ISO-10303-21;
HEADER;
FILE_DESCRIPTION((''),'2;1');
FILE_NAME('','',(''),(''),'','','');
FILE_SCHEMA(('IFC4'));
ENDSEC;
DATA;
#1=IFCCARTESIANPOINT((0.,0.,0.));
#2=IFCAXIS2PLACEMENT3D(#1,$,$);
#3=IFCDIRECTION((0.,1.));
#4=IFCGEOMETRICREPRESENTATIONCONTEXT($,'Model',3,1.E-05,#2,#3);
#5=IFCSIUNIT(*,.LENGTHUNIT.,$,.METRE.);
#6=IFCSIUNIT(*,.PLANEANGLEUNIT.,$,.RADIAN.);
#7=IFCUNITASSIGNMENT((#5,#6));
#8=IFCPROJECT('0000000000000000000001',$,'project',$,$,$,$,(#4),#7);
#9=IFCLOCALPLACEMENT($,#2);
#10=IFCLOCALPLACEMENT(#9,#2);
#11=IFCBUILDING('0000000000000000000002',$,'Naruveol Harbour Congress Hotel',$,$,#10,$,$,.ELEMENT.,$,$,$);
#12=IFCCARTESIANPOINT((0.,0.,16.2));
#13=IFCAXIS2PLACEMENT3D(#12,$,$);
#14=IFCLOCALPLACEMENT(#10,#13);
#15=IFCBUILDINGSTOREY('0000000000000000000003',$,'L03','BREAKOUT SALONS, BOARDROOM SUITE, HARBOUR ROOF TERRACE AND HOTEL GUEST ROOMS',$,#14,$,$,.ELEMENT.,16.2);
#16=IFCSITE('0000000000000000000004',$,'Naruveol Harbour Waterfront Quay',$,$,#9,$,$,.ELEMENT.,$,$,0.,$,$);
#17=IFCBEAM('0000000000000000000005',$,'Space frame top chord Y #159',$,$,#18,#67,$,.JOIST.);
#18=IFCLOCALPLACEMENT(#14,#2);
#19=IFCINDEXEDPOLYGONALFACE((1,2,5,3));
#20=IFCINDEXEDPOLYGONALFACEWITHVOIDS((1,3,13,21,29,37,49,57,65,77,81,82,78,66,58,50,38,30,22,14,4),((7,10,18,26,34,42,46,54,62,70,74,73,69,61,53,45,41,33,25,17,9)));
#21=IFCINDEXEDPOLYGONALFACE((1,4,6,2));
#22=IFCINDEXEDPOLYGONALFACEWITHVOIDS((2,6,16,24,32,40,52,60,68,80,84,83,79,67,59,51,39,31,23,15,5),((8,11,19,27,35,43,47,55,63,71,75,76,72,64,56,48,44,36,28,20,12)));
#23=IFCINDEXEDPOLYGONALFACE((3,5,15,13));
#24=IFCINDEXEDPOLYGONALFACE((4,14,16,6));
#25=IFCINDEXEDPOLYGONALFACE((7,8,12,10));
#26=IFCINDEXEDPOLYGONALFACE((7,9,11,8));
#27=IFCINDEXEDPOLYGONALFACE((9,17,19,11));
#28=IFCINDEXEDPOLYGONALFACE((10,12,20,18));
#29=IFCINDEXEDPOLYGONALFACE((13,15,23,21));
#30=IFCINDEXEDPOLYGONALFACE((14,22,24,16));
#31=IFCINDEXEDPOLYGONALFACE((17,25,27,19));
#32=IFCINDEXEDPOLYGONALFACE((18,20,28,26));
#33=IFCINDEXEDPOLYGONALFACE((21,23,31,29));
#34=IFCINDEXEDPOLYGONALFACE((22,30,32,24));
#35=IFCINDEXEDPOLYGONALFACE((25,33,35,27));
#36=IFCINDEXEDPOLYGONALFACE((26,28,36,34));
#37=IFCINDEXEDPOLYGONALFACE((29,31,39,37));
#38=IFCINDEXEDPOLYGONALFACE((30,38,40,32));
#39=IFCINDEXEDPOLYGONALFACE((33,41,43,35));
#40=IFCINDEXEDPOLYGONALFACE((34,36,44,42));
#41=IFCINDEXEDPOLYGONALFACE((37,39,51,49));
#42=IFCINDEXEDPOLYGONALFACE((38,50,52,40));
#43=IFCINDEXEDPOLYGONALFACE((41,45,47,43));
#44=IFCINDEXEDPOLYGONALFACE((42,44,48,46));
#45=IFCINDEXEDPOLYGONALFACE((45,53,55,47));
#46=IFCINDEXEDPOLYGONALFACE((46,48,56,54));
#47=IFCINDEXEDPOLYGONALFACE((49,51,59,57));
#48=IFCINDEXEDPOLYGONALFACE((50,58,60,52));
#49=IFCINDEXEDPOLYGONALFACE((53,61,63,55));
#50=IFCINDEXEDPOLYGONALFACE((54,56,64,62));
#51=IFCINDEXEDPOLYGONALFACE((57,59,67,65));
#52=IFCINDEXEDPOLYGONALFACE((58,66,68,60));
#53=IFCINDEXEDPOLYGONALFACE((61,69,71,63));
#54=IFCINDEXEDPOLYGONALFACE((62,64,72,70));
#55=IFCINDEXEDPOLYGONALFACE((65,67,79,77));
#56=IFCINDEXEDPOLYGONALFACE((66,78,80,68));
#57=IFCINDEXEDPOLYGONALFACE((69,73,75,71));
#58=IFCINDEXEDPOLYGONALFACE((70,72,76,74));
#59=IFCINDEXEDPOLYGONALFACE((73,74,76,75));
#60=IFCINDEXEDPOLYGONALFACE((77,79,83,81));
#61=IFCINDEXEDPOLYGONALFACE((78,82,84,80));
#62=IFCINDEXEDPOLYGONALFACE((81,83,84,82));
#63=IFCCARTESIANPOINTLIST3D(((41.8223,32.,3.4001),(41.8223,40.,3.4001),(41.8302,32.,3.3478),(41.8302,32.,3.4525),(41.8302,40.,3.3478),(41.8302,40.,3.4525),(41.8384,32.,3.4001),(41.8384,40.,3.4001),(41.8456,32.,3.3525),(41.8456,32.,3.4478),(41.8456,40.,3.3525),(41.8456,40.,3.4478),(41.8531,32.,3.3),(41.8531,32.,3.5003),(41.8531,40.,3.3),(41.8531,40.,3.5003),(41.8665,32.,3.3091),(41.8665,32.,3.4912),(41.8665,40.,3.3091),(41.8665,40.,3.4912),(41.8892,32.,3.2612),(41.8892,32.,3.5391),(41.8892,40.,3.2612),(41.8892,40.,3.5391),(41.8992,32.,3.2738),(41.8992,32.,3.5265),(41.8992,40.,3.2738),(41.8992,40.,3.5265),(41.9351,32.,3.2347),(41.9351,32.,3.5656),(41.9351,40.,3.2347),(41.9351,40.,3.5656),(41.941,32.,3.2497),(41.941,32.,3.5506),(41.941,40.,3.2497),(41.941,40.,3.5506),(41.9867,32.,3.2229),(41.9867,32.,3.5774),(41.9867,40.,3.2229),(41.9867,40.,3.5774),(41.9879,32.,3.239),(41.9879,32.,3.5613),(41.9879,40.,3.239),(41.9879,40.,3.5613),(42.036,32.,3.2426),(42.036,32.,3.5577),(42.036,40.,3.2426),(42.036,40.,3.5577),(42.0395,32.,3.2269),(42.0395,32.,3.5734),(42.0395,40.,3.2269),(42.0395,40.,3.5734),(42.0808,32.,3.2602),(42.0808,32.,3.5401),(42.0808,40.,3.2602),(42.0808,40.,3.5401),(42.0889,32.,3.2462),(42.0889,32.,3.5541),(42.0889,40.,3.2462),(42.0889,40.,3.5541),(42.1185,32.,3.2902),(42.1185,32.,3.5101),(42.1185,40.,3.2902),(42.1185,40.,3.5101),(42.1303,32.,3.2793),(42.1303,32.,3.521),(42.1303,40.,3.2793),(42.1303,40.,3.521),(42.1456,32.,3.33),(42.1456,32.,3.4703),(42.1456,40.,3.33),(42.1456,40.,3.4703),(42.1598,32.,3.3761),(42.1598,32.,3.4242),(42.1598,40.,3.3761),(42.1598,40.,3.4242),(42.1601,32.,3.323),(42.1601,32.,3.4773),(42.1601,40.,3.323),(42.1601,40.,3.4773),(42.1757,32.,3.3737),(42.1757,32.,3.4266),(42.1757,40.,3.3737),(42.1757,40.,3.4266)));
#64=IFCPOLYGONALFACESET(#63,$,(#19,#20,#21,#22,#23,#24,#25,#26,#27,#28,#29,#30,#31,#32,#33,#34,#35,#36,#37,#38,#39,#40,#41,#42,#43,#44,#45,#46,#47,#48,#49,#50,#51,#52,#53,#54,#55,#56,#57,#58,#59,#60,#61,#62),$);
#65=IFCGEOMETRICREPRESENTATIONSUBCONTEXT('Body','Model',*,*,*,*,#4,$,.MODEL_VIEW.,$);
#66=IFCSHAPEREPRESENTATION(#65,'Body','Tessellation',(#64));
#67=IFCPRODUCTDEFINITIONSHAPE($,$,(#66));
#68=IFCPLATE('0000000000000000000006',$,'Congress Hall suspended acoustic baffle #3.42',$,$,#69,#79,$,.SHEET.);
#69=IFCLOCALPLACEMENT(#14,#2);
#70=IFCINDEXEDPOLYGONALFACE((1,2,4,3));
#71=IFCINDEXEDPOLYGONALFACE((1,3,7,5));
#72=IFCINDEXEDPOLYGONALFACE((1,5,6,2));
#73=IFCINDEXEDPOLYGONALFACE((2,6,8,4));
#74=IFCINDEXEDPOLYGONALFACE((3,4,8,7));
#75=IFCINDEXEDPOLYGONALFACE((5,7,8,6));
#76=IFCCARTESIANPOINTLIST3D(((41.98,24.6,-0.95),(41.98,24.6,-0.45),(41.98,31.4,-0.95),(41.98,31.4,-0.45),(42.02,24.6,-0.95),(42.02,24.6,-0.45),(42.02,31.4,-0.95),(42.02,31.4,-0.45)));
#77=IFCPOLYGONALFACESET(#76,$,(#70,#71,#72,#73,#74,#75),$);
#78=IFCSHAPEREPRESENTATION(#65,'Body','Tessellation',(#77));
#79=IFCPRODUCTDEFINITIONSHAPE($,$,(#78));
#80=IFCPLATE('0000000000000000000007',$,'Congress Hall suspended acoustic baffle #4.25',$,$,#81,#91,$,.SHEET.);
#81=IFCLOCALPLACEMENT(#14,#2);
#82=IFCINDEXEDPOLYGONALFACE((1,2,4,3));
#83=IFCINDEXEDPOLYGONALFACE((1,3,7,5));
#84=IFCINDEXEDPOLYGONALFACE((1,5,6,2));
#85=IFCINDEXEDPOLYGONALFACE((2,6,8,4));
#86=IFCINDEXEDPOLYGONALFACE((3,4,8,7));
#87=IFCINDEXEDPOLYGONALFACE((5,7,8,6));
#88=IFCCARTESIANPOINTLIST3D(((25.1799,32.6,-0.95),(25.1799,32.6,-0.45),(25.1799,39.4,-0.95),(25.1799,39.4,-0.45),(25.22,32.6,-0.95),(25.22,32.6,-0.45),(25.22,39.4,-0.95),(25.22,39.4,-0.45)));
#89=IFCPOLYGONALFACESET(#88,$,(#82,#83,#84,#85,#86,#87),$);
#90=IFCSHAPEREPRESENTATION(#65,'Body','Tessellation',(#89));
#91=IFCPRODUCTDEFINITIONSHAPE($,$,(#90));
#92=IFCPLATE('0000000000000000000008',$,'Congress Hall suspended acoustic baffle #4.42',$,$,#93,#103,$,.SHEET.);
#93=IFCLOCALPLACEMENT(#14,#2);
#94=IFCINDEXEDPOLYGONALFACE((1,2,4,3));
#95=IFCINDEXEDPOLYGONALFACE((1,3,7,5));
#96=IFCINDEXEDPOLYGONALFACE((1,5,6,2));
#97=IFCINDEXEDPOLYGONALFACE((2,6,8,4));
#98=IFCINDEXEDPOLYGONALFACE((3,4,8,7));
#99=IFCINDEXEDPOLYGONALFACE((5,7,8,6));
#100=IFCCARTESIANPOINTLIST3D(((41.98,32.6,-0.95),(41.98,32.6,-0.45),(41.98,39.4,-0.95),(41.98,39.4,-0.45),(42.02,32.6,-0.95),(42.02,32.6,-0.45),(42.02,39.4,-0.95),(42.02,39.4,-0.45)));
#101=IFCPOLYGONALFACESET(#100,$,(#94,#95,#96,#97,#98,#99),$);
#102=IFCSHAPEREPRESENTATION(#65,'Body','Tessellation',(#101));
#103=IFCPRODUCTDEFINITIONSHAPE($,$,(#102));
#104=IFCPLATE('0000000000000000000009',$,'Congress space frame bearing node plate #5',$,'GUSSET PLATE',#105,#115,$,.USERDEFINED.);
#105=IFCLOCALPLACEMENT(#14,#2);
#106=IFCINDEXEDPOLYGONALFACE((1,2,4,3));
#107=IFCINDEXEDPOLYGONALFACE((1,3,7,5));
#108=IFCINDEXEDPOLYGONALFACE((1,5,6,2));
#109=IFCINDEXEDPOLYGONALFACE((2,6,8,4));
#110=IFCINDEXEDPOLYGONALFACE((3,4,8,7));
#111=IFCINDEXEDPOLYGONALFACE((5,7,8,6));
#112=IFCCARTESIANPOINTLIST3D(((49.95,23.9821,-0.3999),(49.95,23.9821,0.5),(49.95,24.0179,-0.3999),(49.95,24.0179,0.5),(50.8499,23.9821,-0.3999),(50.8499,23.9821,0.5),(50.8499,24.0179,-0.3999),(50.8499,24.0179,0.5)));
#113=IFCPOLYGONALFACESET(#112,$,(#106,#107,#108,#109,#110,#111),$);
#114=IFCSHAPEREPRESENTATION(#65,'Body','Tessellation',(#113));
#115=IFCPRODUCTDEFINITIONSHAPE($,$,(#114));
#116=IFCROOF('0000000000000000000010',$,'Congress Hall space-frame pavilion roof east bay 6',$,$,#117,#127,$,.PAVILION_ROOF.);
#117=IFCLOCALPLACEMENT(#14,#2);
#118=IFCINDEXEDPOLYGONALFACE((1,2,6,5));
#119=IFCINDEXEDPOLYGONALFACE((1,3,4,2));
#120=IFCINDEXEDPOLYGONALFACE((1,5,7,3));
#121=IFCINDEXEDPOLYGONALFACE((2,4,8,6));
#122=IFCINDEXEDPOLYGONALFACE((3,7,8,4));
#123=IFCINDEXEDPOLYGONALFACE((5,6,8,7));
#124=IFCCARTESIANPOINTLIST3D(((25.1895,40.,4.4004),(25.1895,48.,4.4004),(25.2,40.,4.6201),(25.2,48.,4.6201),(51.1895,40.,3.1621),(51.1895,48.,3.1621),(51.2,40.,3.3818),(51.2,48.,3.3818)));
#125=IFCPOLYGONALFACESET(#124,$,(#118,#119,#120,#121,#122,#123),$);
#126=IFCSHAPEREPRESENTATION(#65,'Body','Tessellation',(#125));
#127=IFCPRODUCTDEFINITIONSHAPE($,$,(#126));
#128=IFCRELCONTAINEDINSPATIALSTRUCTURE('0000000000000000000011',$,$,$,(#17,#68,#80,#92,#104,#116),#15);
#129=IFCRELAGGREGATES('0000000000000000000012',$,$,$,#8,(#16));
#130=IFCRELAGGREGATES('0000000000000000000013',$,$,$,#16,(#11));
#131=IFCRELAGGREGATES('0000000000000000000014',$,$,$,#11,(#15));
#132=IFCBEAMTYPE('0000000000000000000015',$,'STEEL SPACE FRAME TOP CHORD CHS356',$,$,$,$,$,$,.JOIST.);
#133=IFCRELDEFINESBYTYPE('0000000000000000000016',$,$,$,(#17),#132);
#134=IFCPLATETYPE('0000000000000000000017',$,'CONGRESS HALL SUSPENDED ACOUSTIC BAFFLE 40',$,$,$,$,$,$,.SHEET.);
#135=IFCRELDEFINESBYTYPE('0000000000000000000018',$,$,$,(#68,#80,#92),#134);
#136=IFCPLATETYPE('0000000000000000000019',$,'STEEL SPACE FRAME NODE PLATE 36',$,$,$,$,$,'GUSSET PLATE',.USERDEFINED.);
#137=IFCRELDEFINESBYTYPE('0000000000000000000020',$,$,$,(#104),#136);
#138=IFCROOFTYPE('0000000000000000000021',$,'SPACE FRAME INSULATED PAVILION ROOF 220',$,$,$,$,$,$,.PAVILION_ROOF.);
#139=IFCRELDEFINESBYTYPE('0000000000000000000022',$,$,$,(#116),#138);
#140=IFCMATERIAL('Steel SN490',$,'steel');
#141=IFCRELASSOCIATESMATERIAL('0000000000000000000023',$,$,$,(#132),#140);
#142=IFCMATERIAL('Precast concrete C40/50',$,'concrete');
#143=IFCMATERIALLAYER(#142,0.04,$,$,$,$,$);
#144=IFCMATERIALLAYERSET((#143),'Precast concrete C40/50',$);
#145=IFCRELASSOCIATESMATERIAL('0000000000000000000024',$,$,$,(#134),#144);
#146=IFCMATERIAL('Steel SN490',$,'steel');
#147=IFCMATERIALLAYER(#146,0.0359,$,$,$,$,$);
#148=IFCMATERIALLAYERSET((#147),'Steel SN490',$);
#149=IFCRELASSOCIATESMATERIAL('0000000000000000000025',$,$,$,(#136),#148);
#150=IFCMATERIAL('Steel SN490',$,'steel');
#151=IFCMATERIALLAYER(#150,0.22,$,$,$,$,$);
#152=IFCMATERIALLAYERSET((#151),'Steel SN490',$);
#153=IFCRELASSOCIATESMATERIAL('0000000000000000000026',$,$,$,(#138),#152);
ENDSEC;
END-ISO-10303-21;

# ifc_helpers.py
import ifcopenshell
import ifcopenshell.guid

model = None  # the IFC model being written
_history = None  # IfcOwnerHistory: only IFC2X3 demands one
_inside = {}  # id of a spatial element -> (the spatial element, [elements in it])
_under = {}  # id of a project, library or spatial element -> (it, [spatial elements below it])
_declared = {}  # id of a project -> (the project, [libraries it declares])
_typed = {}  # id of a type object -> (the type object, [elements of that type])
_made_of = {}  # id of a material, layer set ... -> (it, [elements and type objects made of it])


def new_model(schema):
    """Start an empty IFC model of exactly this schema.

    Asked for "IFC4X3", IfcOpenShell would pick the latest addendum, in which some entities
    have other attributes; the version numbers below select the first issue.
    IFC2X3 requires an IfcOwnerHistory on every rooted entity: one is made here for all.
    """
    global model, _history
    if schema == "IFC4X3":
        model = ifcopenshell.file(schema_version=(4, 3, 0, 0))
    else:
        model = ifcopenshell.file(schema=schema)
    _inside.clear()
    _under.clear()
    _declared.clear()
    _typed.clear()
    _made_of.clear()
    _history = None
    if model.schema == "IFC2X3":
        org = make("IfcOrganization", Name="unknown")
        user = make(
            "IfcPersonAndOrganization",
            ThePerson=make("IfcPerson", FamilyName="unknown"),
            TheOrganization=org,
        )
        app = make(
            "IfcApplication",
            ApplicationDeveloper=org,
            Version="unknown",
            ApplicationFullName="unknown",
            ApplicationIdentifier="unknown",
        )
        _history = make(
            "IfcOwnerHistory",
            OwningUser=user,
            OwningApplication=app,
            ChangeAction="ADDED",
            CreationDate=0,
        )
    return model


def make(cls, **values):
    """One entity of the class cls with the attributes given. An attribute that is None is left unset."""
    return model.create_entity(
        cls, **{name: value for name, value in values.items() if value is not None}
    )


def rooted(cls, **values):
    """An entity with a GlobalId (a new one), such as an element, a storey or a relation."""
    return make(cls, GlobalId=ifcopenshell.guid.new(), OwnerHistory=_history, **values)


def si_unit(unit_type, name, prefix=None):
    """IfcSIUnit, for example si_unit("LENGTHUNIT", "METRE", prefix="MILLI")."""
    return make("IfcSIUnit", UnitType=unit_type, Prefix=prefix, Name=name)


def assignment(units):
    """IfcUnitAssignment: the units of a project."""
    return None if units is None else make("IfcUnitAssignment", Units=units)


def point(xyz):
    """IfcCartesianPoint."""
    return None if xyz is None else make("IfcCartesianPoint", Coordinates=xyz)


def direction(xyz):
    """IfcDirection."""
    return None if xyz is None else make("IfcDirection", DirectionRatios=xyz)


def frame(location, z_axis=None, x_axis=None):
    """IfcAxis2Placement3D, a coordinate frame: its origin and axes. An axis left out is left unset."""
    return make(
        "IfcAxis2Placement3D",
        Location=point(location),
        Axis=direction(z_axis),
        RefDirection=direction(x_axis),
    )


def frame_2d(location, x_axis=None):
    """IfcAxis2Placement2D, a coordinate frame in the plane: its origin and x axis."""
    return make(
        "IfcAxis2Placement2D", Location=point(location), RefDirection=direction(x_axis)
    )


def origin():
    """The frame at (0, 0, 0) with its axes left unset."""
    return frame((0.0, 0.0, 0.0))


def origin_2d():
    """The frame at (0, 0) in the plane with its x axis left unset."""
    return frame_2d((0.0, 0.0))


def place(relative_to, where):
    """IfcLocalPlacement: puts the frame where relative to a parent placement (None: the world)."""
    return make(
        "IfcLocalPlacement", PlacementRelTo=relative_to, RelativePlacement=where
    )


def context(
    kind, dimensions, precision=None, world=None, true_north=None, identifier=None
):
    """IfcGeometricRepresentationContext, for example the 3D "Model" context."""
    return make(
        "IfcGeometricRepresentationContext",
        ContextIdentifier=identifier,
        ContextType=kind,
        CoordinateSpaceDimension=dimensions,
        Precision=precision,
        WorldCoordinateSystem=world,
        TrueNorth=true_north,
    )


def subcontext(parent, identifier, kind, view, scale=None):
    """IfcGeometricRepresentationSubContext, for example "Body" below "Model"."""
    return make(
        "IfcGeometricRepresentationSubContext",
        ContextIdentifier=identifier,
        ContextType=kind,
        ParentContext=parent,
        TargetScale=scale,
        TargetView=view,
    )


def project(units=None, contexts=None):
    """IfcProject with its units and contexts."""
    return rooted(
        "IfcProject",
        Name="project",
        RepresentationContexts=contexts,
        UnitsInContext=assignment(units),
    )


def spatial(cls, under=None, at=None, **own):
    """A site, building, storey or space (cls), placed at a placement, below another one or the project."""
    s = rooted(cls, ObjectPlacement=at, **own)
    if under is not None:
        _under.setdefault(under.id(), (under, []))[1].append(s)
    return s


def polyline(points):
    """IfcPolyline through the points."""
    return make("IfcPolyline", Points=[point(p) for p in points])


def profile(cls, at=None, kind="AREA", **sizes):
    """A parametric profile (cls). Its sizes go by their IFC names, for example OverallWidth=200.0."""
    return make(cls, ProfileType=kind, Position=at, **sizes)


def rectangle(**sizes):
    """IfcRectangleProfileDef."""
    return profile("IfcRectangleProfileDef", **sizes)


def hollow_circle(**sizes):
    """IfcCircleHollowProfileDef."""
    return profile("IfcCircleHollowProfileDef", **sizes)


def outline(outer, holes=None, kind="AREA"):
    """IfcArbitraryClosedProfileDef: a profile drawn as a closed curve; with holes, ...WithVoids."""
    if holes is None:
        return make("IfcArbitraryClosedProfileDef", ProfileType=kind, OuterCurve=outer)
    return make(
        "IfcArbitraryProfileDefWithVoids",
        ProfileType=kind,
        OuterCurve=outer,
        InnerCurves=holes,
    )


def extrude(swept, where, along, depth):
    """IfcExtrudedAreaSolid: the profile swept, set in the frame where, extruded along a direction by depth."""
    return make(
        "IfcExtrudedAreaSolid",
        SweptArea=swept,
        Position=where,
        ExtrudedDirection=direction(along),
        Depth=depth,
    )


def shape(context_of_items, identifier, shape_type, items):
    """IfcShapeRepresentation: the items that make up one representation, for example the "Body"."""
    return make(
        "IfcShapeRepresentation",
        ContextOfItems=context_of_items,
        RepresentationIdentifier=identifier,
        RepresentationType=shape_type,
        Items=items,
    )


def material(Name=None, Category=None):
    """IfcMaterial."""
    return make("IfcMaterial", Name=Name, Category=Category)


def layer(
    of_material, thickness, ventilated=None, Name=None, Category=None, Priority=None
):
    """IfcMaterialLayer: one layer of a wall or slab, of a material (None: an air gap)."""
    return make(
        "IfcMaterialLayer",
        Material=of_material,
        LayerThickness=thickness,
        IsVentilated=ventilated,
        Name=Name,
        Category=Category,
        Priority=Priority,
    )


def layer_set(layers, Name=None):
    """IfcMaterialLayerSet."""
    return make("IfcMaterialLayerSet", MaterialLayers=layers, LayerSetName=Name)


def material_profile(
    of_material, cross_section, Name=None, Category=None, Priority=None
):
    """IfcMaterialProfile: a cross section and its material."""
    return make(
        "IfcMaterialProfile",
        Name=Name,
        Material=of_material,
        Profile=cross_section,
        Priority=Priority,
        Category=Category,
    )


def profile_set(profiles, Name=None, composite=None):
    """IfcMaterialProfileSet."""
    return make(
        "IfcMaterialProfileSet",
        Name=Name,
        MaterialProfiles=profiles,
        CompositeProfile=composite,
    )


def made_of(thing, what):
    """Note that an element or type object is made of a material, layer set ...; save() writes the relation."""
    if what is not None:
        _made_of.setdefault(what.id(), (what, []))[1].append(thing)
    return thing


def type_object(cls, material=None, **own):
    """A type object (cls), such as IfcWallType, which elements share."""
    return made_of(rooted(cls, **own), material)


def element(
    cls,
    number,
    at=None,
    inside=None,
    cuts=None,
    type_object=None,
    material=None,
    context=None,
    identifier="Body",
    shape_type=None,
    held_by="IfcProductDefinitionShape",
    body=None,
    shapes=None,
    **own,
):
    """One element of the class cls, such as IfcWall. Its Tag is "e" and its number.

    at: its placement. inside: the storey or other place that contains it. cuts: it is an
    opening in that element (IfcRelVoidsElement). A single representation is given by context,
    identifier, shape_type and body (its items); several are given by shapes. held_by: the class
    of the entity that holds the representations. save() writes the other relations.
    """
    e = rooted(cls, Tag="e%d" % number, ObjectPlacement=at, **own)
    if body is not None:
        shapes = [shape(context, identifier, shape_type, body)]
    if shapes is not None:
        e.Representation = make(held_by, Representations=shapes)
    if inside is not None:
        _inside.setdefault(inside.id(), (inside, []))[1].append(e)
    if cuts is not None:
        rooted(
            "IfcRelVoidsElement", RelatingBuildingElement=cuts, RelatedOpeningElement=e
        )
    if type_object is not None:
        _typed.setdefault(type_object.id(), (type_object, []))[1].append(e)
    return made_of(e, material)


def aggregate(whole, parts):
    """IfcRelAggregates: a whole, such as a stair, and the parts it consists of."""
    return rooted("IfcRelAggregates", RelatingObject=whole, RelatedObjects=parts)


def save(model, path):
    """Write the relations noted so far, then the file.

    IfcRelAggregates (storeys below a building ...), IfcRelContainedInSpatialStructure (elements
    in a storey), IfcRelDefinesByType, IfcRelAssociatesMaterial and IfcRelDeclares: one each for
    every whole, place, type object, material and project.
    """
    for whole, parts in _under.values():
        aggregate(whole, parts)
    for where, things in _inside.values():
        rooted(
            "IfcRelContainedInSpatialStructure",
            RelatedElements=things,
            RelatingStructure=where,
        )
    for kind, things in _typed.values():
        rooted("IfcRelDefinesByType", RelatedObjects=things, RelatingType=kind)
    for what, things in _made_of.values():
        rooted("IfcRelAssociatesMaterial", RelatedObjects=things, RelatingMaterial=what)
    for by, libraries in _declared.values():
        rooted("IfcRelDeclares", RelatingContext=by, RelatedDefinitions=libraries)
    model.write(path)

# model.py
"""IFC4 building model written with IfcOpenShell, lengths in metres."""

from ifc_helpers import new_model, si_unit, direction, frame, origin, origin_2d, place, context, subcontext, project, spatial, polyline, rectangle, hollow_circle, outline, extrude, material, layer, layer_set, material_profile, profile_set, type_object, element, save


model = new_model("IFC4")

# Units and contexts
model_context = context("Model", 3, precision=1e-05, world=origin(), true_north=direction((0.0, 1.0)))
body_context = subcontext(model_context, "Body", "Model", "MODEL_VIEW")
ifc_project = project(units=[si_unit("LENGTHUNIT", "METRE"), si_unit("PLANEANGLEUNIT", "RADIAN")], contexts=[model_context])

# Site, building, storey
site_placement = place(None, origin())
site = spatial("IfcSite", under=ifc_project, at=site_placement, Name="Naruveol Harbour Waterfront Quay", CompositionType="ELEMENT", RefElevation=0.0)
building_placement = place(site_placement, origin())
building = spatial("IfcBuilding", under=site, at=building_placement, Name="Naruveol Harbour Congress Hotel", CompositionType="ELEMENT")
storey_placement = place(building_placement, frame((0.0, 0.0, 16.2)))
storey = spatial("IfcBuildingStorey", under=building, at=storey_placement, Name="L03", Description="BREAKOUT SALONS, BOARDROOM SUITE, HARBOUR ROOF TERRACE AND HOTEL GUEST ROOMS", CompositionType="ELEMENT", Elevation=16.2)

# Beam
ifc_material_1 = material(Name="Steel SN490", Category="steel")
ifc_material_profile_1 = material_profile(ifc_material_1, hollow_circle(Radius=0.1777, WallThickness=0.0161, at=origin_2d()), Name="CHS-355.6x16")
ifc_profile_set_1 = profile_set([ifc_material_profile_1], Name="Steel SN490")
beam_type_1 = type_object("IfcBeamType", Name="STEEL SPACE FRAME TOP CHORD CHS356", PredefinedType="JOIST", material=ifc_profile_set_1)
for number, where, z_axis, x_axis, name in (
    (1, (42.0, 32.0, 3.4001), (0.0, 1.0, 0.0), (-1.0, 0.0, 0.0), "Space frame top chord Y #159"),
):
    element("IfcBeam", number, at=place(storey_placement, frame(where, z_axis=z_axis, x_axis=x_axis)), inside=storey, type_object=beam_type_1, Name=name, PredefinedType="JOIST", context=body_context, shape_type="SweptSolid", body=[
        extrude(hollow_circle(Radius=0.1777, WallThickness=0.0161, at=origin_2d()), origin(), (0.0, 0.0, 1.0), 8.0),
    ])

# Plates
ifc_material_2 = material(Name="Precast concrete C40/50", Category="concrete")
ifc_layer_1 = layer(ifc_material_2, 0.04)
ifc_layer_set_1 = layer_set([ifc_layer_1], Name="Precast concrete C40/50")
plate_type_1 = type_object("IfcPlateType", Name="CONGRESS HALL SUSPENDED ACOUSTIC BAFFLE 40", PredefinedType="SHEET", material=ifc_layer_set_1)
for number, where, z_axis, x_axis, name in (
    (2, (42.0, 28.0, -0.95), (0.0, 0.0, 1.0), (1.0, 0.0, 0.0), "Congress Hall suspended acoustic baffle #3.42"),
    (3, (25.2, 36.0, -0.95), (0.0, 0.0, 1.0), (1.0, 0.0, 0.0), "Congress Hall suspended acoustic baffle #4.25"),
    (4, (42.0, 36.0, -0.95), (0.0, 0.0, 1.0), (1.0, 0.0, 0.0), "Congress Hall suspended acoustic baffle #4.42"),
):
    element("IfcPlate", number, at=place(storey_placement, frame(where, z_axis=z_axis, x_axis=x_axis)), inside=storey, type_object=plate_type_1, Name=name, PredefinedType="SHEET", context=body_context, shape_type="SweptSolid", body=[
        extrude(rectangle(XDim=0.04, YDim=6.8, at=origin_2d()), origin(), (0.0, 0.0, 1.0), 0.5),
    ])
ifc_material_3 = material(Name="Steel SN490", Category="steel")
ifc_layer_2 = layer(ifc_material_3, 0.0359)
ifc_layer_set_2 = layer_set([ifc_layer_2], Name="Steel SN490")
plate_type_2 = type_object("IfcPlateType", Name="STEEL SPACE FRAME NODE PLATE 36", ElementType="GUSSET PLATE", PredefinedType="USERDEFINED", material=ifc_layer_set_2)
plate_placement = place(storey_placement, frame((50.3999, 24.0, -0.3999), z_axis=(0.0, 0.0, 1.0), x_axis=(1.0, 0.0, 0.0)))
element("IfcPlate", 5, at=plate_placement, inside=storey, type_object=plate_type_2, Name="Congress space frame bearing node plate #5", ObjectType="GUSSET PLATE", PredefinedType="USERDEFINED", context=body_context, shape_type="SweptSolid", body=[
    extrude(rectangle(XDim=0.8999, YDim=0.0359, at=origin_2d()), origin(), (0.0, 0.0, 1.0), 0.8999),
])

# Roof
ifc_material_4 = material(Name="Steel SN490", Category="steel")
ifc_layer_3 = layer(ifc_material_4, 0.22)
ifc_layer_set_3 = layer_set([ifc_layer_3], Name="Steel SN490")
roof_type = type_object("IfcRoofType", Name="SPACE FRAME INSULATED PAVILION ROOF 220", PredefinedType="PAVILION_ROOF", material=ifc_layer_set_3)
roof_placement = place(storey_placement, frame((25.2, 40.0, 4.6201), z_axis=(0.047572, 0.0, 0.998868), x_axis=(0.998868, 0.0, -0.047572)))
element("IfcRoof", 6, at=roof_placement, inside=storey, type_object=roof_type, Name="Congress Hall space-frame pavilion roof east bay 6", PredefinedType="PAVILION_ROOF", context=body_context, shape_type="SweptSolid", body=[
    extrude(outline(polyline([(0.0, 0.0), (26.0295, 0.0), (26.0295, 8.0), (0.0, 8.0), (0.0, 0.0)])), origin(), (0.0, 0.0, -1.0), 0.22),
])

save(model, "model.ifc")
